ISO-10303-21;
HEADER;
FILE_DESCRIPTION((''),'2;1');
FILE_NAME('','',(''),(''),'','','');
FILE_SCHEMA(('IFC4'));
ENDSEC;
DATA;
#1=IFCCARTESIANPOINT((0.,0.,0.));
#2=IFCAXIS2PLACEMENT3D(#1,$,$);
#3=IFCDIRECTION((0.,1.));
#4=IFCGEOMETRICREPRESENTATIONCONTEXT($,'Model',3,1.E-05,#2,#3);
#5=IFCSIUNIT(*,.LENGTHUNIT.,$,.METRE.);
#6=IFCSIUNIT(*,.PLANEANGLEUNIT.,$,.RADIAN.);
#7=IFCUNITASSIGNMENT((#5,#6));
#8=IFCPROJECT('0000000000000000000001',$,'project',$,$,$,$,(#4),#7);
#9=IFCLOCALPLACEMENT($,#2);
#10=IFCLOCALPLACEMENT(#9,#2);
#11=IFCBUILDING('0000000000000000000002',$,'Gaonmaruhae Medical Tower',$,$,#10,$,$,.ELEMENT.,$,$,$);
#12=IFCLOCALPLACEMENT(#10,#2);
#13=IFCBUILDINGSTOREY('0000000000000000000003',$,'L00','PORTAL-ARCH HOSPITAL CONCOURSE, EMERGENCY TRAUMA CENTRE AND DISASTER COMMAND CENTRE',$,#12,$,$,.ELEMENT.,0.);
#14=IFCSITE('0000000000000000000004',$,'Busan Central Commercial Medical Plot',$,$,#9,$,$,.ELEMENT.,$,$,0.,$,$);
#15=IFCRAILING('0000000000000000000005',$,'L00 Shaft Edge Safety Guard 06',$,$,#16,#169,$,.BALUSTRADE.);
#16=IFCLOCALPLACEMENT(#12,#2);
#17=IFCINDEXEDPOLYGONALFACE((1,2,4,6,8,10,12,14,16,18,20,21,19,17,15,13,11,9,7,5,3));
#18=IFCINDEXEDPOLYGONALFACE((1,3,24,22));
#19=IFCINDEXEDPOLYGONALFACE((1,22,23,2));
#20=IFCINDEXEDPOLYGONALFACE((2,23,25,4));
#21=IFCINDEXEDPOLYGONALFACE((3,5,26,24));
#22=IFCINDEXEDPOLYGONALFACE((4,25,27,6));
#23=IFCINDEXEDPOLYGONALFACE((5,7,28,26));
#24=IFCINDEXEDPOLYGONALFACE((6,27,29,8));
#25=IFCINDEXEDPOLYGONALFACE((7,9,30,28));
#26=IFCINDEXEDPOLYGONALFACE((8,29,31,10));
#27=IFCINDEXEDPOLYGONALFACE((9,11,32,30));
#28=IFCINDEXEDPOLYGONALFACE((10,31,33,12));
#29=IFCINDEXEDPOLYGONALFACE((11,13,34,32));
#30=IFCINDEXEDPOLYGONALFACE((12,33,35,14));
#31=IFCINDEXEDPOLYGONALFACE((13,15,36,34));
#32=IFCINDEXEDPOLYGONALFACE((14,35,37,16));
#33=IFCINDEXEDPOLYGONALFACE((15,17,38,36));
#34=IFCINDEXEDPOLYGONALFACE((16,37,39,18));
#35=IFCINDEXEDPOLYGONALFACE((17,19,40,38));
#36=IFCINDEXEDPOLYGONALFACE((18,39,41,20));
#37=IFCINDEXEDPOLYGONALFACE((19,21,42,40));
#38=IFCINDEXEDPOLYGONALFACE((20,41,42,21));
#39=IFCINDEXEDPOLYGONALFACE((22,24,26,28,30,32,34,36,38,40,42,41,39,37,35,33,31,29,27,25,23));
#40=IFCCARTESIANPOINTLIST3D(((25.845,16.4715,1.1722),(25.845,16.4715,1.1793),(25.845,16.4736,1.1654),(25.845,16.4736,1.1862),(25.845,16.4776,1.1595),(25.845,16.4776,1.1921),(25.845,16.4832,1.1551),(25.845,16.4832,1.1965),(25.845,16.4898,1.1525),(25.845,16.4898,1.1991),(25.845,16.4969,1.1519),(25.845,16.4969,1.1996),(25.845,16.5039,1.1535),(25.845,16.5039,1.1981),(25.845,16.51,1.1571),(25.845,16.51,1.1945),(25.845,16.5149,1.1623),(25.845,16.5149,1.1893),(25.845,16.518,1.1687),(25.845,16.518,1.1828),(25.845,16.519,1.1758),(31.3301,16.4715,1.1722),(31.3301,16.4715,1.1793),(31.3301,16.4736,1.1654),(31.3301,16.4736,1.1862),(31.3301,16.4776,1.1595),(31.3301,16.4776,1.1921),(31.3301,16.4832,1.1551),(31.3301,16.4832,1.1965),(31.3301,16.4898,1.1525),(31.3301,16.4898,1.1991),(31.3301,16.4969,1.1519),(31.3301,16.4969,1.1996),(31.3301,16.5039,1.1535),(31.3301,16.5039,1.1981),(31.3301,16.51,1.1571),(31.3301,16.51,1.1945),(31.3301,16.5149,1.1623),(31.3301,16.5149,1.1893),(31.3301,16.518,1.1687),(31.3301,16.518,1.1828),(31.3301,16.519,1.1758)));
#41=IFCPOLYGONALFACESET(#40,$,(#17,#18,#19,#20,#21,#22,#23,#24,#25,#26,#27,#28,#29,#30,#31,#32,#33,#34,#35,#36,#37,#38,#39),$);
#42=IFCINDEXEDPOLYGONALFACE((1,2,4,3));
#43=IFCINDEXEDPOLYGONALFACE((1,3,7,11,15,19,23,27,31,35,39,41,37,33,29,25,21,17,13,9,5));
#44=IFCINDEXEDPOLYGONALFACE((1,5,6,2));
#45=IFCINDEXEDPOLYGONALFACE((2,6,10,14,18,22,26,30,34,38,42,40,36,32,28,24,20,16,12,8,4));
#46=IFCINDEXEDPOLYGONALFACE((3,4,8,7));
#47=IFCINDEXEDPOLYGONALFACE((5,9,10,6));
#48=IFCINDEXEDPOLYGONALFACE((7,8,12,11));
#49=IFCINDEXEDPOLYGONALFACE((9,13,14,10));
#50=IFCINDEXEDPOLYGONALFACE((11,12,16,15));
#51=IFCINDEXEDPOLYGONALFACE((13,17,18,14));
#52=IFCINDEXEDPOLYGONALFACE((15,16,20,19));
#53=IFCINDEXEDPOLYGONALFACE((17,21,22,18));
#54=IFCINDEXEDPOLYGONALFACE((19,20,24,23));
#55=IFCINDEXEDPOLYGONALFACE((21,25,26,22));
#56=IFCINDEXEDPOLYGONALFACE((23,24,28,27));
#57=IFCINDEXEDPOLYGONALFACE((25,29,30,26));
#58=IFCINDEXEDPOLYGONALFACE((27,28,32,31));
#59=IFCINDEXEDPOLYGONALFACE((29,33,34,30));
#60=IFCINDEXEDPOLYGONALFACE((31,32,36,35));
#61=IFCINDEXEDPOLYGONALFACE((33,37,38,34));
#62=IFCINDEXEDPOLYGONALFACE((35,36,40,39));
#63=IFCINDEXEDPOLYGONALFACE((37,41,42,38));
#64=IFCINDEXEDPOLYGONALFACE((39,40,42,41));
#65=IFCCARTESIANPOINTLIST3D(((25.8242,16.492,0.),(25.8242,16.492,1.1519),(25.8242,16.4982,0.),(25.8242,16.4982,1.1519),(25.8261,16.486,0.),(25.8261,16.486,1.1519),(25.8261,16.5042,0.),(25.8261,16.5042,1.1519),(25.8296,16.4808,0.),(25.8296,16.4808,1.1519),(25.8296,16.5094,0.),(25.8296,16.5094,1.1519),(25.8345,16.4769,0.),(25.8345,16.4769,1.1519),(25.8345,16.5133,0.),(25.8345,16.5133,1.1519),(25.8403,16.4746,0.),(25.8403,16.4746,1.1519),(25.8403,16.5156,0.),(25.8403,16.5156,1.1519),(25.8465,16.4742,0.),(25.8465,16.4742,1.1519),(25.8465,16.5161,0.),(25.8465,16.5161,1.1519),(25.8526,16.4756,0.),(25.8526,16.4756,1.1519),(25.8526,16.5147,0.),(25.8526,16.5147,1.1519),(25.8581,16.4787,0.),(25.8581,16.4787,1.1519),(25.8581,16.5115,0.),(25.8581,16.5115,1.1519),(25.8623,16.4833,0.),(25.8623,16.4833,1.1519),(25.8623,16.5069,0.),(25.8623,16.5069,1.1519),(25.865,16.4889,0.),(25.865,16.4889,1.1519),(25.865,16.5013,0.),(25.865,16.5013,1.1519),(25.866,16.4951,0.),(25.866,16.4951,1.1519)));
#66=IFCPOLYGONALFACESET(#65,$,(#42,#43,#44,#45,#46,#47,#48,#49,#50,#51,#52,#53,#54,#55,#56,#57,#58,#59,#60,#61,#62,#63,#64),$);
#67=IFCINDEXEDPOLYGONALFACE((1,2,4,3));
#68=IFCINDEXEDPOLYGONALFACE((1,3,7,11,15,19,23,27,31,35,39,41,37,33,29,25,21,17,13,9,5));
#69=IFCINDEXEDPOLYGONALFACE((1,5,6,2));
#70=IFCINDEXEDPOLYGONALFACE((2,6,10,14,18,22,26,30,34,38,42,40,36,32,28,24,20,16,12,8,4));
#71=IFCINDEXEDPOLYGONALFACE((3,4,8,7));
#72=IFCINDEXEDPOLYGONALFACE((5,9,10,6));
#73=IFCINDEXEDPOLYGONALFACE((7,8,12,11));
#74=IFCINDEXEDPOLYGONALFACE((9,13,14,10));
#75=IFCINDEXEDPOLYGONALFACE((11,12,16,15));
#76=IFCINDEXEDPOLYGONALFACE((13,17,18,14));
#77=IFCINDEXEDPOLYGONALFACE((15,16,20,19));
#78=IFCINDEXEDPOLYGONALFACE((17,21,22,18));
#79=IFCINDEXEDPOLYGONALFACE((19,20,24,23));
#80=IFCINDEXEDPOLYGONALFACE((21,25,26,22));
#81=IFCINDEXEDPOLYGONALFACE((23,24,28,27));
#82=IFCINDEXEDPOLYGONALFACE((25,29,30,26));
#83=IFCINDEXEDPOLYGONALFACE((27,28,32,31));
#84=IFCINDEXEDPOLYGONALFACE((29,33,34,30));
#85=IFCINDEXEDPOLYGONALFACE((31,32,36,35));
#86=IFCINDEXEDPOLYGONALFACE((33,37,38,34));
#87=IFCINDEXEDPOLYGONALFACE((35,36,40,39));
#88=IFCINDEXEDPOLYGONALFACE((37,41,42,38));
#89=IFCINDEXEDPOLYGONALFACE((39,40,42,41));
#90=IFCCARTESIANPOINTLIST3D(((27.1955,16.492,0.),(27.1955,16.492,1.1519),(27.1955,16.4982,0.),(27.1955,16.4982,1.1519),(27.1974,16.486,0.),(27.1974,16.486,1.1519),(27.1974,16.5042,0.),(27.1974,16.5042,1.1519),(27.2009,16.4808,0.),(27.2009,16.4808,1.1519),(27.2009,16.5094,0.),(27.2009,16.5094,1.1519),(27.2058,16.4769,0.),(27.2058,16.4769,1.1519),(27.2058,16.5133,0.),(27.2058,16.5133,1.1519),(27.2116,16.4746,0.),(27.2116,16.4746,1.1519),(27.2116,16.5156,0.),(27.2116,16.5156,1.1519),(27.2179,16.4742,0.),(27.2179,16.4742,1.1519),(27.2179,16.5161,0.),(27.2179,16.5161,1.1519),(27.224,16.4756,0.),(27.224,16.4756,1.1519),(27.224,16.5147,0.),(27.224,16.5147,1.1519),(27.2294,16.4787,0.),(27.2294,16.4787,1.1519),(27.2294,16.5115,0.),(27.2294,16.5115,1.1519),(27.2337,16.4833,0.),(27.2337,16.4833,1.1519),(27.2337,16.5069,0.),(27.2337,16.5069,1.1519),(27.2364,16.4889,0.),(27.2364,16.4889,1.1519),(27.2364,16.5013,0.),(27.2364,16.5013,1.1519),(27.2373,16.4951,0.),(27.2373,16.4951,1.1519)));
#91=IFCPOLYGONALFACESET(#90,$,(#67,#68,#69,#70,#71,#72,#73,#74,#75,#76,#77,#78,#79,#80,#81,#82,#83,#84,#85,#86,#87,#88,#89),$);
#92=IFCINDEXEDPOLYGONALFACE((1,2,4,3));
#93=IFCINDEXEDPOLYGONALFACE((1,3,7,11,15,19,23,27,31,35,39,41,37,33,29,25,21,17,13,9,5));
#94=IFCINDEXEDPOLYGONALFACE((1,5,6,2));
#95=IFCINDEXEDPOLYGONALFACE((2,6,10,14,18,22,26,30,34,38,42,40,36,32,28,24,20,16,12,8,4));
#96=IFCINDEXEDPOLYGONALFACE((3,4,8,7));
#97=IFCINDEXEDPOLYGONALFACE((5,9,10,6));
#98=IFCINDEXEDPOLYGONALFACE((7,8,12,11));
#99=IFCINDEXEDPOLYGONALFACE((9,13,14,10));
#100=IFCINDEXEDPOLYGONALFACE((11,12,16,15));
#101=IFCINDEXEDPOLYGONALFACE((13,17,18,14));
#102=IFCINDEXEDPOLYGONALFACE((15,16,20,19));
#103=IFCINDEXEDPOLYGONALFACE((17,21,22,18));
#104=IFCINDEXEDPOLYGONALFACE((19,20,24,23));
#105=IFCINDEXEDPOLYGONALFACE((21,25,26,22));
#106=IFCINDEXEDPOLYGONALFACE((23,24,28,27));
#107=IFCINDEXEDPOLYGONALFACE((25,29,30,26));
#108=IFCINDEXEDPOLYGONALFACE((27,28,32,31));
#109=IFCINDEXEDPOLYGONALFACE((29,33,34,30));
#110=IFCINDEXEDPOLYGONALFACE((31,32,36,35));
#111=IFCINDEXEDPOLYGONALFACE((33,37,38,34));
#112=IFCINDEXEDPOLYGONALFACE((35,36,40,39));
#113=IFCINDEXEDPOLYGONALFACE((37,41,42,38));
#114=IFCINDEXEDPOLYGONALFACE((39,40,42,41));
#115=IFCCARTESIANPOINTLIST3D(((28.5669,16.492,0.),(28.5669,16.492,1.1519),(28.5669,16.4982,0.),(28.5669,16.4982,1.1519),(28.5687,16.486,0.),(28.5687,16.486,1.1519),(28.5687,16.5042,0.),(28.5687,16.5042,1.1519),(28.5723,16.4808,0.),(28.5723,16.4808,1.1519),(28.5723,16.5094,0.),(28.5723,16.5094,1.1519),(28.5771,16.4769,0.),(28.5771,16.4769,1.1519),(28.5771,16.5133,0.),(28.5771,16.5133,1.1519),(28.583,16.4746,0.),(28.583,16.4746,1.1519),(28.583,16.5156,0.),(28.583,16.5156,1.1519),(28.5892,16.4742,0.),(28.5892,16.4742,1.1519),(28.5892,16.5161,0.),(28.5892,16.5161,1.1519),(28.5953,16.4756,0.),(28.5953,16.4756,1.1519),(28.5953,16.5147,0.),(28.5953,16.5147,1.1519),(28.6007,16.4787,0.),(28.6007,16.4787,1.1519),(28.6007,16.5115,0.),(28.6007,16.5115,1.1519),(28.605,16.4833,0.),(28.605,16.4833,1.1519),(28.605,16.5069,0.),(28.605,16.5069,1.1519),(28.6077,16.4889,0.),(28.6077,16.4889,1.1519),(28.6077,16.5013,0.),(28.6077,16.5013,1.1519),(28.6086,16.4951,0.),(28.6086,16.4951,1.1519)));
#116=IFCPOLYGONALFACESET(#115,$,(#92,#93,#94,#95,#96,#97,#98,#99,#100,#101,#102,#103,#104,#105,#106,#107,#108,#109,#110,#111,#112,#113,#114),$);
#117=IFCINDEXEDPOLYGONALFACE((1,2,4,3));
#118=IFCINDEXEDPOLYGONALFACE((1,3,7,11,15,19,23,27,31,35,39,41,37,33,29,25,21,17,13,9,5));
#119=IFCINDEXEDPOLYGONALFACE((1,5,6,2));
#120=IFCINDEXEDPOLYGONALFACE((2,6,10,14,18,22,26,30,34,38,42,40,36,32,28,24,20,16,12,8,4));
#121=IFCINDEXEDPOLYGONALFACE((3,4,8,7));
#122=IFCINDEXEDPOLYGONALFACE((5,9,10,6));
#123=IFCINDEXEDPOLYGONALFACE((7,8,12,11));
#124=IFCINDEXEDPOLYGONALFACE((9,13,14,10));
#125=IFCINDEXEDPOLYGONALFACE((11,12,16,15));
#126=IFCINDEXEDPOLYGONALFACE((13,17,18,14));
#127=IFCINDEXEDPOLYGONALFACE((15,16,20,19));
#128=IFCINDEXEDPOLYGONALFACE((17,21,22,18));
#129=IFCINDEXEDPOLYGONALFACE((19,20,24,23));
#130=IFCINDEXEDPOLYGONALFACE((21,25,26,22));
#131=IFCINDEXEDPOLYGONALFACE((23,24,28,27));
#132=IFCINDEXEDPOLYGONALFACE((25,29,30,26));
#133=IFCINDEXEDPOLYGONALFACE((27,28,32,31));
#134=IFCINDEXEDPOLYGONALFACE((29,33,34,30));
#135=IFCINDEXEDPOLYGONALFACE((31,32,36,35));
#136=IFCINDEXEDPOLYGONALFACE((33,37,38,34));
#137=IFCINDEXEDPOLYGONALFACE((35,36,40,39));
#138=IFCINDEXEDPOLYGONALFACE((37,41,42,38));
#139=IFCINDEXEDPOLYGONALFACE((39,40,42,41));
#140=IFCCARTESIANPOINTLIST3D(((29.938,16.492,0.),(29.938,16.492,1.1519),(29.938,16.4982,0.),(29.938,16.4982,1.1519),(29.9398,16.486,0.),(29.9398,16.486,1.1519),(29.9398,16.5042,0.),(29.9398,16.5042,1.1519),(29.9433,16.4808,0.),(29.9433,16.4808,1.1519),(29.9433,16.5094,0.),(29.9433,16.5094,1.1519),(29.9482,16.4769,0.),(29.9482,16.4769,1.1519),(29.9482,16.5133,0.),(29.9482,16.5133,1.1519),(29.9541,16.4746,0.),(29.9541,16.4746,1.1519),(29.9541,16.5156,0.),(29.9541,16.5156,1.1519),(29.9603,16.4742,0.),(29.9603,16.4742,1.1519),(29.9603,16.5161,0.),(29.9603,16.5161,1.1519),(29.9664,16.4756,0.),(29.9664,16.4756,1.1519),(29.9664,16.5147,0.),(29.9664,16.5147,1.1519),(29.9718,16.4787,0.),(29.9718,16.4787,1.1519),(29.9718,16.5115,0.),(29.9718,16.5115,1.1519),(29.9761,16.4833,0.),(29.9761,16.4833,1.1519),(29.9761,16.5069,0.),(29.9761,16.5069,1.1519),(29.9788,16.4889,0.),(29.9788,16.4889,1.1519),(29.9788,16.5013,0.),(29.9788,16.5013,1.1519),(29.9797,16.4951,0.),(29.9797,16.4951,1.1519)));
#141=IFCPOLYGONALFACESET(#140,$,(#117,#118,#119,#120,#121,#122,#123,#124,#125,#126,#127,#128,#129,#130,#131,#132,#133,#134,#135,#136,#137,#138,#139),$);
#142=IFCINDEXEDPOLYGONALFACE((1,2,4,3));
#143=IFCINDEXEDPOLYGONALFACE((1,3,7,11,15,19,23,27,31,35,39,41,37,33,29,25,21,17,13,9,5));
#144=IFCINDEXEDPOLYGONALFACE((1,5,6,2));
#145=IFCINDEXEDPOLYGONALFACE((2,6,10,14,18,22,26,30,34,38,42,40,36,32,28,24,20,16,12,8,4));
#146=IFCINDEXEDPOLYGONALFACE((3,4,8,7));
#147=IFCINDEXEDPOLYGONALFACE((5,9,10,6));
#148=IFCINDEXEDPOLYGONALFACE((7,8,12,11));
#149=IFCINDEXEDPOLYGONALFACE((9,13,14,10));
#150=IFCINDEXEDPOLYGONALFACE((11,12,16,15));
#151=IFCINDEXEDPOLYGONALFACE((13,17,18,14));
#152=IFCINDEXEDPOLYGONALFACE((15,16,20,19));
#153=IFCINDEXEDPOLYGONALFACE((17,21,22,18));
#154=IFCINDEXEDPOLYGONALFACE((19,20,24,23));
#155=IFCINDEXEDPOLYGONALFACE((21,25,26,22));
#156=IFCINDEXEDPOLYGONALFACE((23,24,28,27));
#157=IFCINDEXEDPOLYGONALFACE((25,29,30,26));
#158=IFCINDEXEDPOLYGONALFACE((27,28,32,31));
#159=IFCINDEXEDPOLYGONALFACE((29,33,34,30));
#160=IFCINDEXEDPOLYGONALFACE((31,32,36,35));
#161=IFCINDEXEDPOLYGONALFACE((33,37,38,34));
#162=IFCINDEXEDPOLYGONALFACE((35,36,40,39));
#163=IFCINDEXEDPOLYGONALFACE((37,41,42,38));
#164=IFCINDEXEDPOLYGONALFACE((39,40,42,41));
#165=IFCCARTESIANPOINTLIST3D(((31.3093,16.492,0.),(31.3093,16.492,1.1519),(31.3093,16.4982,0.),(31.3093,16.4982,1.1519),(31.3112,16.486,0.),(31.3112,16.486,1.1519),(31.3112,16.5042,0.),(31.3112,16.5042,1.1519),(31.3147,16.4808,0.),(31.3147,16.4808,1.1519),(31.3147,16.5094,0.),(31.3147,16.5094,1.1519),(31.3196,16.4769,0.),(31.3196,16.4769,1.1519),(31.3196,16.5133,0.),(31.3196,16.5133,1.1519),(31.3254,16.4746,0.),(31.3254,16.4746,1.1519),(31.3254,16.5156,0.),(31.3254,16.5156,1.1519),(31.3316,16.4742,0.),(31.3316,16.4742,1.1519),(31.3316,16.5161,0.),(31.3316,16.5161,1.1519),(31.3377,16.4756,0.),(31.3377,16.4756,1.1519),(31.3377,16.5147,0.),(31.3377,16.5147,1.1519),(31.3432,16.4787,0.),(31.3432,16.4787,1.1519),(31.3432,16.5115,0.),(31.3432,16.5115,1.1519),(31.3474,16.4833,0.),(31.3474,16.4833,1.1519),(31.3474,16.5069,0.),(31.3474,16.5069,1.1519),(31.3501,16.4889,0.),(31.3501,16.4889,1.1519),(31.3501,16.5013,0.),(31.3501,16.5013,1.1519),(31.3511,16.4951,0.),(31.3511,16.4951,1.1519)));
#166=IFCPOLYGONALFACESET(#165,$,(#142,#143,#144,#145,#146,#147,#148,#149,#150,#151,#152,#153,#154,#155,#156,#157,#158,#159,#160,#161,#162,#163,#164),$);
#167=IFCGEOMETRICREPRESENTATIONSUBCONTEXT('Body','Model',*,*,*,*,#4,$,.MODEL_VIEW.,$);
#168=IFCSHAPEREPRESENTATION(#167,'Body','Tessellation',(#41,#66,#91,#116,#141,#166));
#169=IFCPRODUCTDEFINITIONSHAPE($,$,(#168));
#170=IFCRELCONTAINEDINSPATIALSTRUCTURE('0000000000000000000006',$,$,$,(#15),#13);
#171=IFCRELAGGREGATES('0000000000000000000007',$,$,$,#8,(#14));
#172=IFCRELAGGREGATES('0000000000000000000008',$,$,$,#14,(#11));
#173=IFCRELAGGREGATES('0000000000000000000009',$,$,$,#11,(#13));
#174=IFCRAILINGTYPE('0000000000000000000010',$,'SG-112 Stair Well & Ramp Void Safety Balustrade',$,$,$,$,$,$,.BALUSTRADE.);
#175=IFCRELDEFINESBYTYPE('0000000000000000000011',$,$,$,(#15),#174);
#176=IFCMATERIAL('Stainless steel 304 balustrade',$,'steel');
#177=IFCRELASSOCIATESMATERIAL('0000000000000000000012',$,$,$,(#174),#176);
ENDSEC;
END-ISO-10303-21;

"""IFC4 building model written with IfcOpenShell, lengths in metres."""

from ifc_helpers import new_model, si_unit, direction, frame, origin, origin_2d, place, context, subcontext, project, spatial, circle, extrude, material, type_object, element, save


model = new_model("IFC4")

# Units and contexts
model_context = context("Model", 3, precision=1e-05, world=origin(), true_north=direction((0.0, 1.0)))
body_context = subcontext(model_context, "Body", "Model", "MODEL_VIEW")
ifc_project = project(units=[si_unit("LENGTHUNIT", "METRE"), si_unit("PLANEANGLEUNIT", "RADIAN")], contexts=[model_context])

# Site, building, storey
site_placement = place(None, origin())
site = spatial("IfcSite", under=ifc_project, at=site_placement, Name="Busan Central Commercial Medical Plot", CompositionType="ELEMENT", RefElevation=0.0)
building_placement = place(site_placement, origin())
building = spatial("IfcBuilding", under=site, at=building_placement, Name="Gaonmaruhae Medical Tower", CompositionType="ELEMENT")
storey_placement = place(building_placement, origin())
storey = spatial("IfcBuildingStorey", under=building, at=storey_placement, Name="L00", Description="PORTAL-ARCH HOSPITAL CONCOURSE, EMERGENCY TRAUMA CENTRE AND DISASTER COMMAND CENTRE", CompositionType="ELEMENT", Elevation=0.0)

# Railing
ifc_material_1 = material(Name="Stainless steel 304 balustrade", Category="steel")
railing_type = type_object("IfcRailingType", Name="SG-112 Stair Well & Ramp Void Safety Balustrade", PredefinedType="BALUSTRADE", material=ifc_material_1)
railing_1_placement = place(storey_placement, frame((25.845, 16.4951, 0.0)))
element("IfcRailing", 1, at=railing_1_placement, inside=storey, type_object=railing_type, Name="L00 Shaft Edge Safety Guard 06", PredefinedType="BALUSTRADE", context=body_context, shape_type="SweptSolid", body=[
    extrude(circle(Radius=0.0239, at=origin_2d()), frame((0.0, 0.0, 1.1758), z_axis=(1.0, 0.0, 0.0), x_axis=(0.0, 1.0, 0.0)), (0.0, 0.0, 1.0), 5.4851),
    extrude(circle(Radius=0.021, at=origin_2d()), origin(), (0.0, 0.0, 1.0), 1.1519),
    extrude(circle(Radius=0.021, at=origin_2d()), frame((1.3713, 0.0, 0.0)), (0.0, 0.0, 1.0), 1.1519),
    extrude(circle(Radius=0.021, at=origin_2d()), frame((2.7427, 0.0, 0.0)), (0.0, 0.0, 1.0), 1.1519),
    extrude(circle(Radius=0.021, at=origin_2d()), frame((4.1138, 0.0, 0.0)), (0.0, 0.0, 1.0), 1.1519),
    extrude(circle(Radius=0.021, at=origin_2d()), frame((5.4851, 0.0, 0.0)), (0.0, 0.0, 1.0), 1.1519),
])

save(model, "model.ifc")
